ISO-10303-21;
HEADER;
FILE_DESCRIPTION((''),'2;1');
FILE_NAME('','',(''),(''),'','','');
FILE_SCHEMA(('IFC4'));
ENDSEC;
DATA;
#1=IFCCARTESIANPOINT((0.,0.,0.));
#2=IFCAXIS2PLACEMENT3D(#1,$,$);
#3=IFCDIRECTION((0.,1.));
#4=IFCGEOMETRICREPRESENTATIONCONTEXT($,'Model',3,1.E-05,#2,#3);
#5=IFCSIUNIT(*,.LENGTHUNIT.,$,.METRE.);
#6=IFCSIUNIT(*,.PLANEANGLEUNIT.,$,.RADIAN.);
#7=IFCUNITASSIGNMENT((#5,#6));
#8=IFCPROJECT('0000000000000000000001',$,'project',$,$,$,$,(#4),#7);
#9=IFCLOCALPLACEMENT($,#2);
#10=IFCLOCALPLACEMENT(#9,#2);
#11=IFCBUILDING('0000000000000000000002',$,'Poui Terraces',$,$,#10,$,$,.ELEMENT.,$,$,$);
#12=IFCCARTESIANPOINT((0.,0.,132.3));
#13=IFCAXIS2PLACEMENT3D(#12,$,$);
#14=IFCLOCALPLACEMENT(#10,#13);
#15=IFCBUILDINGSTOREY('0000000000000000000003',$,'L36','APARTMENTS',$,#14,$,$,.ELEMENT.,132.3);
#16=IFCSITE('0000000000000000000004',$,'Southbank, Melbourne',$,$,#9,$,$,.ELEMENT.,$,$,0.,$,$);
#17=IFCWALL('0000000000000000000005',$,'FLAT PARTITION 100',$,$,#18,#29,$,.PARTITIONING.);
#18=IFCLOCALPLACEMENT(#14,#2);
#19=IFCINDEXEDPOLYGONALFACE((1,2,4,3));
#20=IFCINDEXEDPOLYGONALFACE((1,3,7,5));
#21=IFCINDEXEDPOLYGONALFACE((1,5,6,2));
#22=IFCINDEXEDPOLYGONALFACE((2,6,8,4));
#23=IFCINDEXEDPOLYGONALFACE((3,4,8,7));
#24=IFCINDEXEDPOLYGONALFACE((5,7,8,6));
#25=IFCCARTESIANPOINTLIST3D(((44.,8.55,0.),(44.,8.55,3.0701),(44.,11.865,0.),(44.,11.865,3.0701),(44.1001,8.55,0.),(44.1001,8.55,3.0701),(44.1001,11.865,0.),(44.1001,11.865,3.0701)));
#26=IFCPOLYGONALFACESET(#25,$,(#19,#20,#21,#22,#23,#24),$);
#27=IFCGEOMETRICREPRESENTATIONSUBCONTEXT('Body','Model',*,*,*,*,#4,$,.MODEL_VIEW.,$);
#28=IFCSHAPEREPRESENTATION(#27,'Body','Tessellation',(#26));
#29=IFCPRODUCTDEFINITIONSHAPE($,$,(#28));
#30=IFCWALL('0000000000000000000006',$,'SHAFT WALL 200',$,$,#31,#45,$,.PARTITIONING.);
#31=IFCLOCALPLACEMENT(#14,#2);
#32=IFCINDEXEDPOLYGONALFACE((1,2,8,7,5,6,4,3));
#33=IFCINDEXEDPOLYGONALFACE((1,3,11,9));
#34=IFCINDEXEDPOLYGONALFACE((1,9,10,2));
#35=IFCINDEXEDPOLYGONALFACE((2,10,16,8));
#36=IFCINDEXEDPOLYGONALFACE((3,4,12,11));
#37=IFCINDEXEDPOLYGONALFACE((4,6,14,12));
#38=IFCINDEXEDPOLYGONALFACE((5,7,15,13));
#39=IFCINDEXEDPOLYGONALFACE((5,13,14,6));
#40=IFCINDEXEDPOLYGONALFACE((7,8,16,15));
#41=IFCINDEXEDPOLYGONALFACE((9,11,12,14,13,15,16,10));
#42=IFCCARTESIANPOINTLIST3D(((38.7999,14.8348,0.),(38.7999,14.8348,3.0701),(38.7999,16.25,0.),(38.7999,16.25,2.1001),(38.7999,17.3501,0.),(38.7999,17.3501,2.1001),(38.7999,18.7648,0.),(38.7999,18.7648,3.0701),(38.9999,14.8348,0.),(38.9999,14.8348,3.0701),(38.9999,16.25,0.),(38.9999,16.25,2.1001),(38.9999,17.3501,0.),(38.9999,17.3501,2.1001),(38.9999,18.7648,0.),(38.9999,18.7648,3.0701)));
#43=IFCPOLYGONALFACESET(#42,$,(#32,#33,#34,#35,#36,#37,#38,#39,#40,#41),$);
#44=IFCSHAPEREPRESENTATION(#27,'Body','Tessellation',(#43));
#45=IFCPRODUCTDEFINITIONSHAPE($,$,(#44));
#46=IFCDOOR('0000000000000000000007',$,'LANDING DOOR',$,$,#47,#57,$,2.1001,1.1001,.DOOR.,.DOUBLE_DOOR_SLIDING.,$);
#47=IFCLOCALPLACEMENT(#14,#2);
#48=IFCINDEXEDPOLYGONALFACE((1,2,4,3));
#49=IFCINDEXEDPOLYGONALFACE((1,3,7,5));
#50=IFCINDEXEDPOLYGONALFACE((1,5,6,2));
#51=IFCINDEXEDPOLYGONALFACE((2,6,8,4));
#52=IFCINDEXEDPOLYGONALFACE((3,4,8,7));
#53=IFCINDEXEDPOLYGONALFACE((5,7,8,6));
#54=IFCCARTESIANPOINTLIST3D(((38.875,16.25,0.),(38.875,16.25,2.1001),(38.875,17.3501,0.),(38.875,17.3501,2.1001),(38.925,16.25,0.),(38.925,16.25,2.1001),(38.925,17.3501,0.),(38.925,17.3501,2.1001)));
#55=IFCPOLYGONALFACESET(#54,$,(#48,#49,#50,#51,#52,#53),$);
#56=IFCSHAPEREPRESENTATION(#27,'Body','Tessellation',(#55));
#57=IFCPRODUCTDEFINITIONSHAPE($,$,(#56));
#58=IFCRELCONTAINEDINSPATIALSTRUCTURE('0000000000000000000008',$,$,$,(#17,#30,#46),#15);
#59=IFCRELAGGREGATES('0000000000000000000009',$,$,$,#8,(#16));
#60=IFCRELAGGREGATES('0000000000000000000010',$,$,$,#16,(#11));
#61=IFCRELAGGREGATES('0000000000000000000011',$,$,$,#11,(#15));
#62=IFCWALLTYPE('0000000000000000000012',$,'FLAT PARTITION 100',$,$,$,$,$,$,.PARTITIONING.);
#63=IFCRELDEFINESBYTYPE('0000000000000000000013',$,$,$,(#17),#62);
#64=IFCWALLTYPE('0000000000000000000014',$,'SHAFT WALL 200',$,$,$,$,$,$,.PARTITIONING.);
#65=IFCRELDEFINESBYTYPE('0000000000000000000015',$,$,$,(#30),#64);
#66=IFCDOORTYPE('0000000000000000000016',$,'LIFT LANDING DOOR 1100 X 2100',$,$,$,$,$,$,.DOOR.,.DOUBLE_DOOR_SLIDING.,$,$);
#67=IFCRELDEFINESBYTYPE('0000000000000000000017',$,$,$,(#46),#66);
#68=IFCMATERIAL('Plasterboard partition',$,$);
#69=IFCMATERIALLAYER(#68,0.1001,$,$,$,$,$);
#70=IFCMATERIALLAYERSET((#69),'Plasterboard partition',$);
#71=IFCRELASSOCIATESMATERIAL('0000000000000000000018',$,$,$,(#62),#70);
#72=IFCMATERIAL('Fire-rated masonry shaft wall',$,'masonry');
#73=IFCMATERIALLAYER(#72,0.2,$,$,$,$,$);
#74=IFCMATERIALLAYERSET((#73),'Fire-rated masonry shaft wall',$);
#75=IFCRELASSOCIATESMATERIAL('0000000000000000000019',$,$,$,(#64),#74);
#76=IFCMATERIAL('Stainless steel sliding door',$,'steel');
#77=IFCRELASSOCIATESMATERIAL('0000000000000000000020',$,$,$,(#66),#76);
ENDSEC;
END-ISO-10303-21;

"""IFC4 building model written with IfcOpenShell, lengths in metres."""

from ifc_helpers import new_model, si_unit, direction, frame, frame_2d, origin, place, context, subcontext, project, spatial, rectangle, extrude, material, layer, layer_set, type_object, element, fill, save


model = new_model("IFC4")

# Units and contexts
model_context = context("Model", 3, precision=1e-05, world=origin(), true_north=direction((0.0, 1.0)))
body_context = subcontext(model_context, "Body", "Model", "MODEL_VIEW")
ifc_project = project(units=[si_unit("LENGTHUNIT", "METRE"), si_unit("PLANEANGLEUNIT", "RADIAN")], contexts=[model_context])

# Site, building, storey
site_placement = place(None, origin())
site = spatial("IfcSite", under=ifc_project, at=site_placement, Name="Southbank, Melbourne", CompositionType="ELEMENT", RefElevation=0.0)
building_placement = place(site_placement, origin())
building = spatial("IfcBuilding", under=site, at=building_placement, Name="Poui Terraces", CompositionType="ELEMENT")
storey_placement = place(building_placement, frame((0.0, 0.0, 132.3)))
storey = spatial("IfcBuildingStorey", under=building, at=storey_placement, Name="L36", Description="APARTMENTS", CompositionType="ELEMENT", Elevation=132.3)

# Shared definitions
ifc_material_1 = material(Name="Plasterboard partition")
ifc_layer_1 = layer(ifc_material_1, 0.1001)
ifc_layer_set_1 = layer_set([ifc_layer_1], Name="Plasterboard partition")
wall_type_1 = type_object("IfcWallType", Name="FLAT PARTITION 100", PredefinedType="PARTITIONING", material=ifc_layer_set_1)

# Wall
wall_1_placement = place(storey_placement, frame((44.05, 8.55, 0.0), z_axis=(0.0, 0.0, 1.0), x_axis=(0.0, 1.0, 0.0)))
element("IfcWall", 1, at=wall_1_placement, inside=storey, type_object=wall_type_1, Name="FLAT PARTITION 100", PredefinedType="PARTITIONING", context=body_context, shape_type="SweptSolid", body=[
    extrude(rectangle(XDim=3.3149, YDim=0.1001, at=frame_2d((1.6575, 0.0))), origin(), (0.0, 0.0, 1.0), 3.0701),
])

# Wall, opening, door
ifc_material_2 = material(Name="Fire-rated masonry shaft wall", Category="masonry")
ifc_layer_2 = layer(ifc_material_2, 0.2)
ifc_layer_set_2 = layer_set([ifc_layer_2], Name="Fire-rated masonry shaft wall")
wall_type_2 = type_object("IfcWallType", Name="SHAFT WALL 200", PredefinedType="PARTITIONING", material=ifc_layer_set_2)
wall_2_placement = place(storey_placement, frame((38.8999, 14.835, 0.0), z_axis=(0.0, 0.0, 1.0), x_axis=(0.0, 1.0, 0.0)))
wall_2 = element("IfcWall", 2, at=wall_2_placement, inside=storey, type_object=wall_type_2, Name="SHAFT WALL 200", PredefinedType="PARTITIONING", context=body_context, shape_type="SweptSolid", body=[
    extrude(rectangle(XDim=3.9299, YDim=0.2, at=frame_2d((1.9648, 0.0))), origin(), (0.0, 0.0, 1.0), 3.0701),
])
opening_1_placement = place(wall_2_placement, frame((1.415, 0.0, 0.0)))
opening_1 = element("IfcOpeningElement", 3, at=opening_1_placement, cuts=wall_2, PredefinedType="OPENING", context=body_context, shape_type="SweptSolid", body=[
    extrude(rectangle(XDim=1.1001, YDim=2.1001, at=frame_2d((0.55, 1.05))), frame((0.0, 0.1099, 0.0), z_axis=(0.0, -1.0, 0.0), x_axis=(1.0, 0.0, 0.0)), (0.0, 0.0, 1.0), 0.22),
])
ifc_material_3 = material(Name="Stainless steel sliding door", Category="steel")
door_type_1 = type_object("IfcDoorType", Name="LIFT LANDING DOOR 1100 X 2100", OperationType="DOUBLE_DOOR_SLIDING", PredefinedType="DOOR", material=ifc_material_3)
door_1_placement = place(opening_1_placement, origin())
door_1 = element("IfcDoor", 4, at=door_1_placement, inside=storey, type_object=door_type_1, Name="LANDING DOOR", OperationType="DOUBLE_DOOR_SLIDING", OverallHeight=2.1001, OverallWidth=1.1001, PredefinedType="DOOR", context=body_context, shape_type="SweptSolid", body=[
    extrude(rectangle(XDim=1.1001, YDim=2.1001, at=frame_2d((0.55, 1.05))), frame((0.0, 0.0249, 0.0), z_axis=(0.0, -1.0, 0.0), x_axis=(1.0, 0.0, 0.0)), (0.0, 0.0, 1.0), 0.05),
])
fill(opening_1, door_1)

save(model, "model.ifc")
